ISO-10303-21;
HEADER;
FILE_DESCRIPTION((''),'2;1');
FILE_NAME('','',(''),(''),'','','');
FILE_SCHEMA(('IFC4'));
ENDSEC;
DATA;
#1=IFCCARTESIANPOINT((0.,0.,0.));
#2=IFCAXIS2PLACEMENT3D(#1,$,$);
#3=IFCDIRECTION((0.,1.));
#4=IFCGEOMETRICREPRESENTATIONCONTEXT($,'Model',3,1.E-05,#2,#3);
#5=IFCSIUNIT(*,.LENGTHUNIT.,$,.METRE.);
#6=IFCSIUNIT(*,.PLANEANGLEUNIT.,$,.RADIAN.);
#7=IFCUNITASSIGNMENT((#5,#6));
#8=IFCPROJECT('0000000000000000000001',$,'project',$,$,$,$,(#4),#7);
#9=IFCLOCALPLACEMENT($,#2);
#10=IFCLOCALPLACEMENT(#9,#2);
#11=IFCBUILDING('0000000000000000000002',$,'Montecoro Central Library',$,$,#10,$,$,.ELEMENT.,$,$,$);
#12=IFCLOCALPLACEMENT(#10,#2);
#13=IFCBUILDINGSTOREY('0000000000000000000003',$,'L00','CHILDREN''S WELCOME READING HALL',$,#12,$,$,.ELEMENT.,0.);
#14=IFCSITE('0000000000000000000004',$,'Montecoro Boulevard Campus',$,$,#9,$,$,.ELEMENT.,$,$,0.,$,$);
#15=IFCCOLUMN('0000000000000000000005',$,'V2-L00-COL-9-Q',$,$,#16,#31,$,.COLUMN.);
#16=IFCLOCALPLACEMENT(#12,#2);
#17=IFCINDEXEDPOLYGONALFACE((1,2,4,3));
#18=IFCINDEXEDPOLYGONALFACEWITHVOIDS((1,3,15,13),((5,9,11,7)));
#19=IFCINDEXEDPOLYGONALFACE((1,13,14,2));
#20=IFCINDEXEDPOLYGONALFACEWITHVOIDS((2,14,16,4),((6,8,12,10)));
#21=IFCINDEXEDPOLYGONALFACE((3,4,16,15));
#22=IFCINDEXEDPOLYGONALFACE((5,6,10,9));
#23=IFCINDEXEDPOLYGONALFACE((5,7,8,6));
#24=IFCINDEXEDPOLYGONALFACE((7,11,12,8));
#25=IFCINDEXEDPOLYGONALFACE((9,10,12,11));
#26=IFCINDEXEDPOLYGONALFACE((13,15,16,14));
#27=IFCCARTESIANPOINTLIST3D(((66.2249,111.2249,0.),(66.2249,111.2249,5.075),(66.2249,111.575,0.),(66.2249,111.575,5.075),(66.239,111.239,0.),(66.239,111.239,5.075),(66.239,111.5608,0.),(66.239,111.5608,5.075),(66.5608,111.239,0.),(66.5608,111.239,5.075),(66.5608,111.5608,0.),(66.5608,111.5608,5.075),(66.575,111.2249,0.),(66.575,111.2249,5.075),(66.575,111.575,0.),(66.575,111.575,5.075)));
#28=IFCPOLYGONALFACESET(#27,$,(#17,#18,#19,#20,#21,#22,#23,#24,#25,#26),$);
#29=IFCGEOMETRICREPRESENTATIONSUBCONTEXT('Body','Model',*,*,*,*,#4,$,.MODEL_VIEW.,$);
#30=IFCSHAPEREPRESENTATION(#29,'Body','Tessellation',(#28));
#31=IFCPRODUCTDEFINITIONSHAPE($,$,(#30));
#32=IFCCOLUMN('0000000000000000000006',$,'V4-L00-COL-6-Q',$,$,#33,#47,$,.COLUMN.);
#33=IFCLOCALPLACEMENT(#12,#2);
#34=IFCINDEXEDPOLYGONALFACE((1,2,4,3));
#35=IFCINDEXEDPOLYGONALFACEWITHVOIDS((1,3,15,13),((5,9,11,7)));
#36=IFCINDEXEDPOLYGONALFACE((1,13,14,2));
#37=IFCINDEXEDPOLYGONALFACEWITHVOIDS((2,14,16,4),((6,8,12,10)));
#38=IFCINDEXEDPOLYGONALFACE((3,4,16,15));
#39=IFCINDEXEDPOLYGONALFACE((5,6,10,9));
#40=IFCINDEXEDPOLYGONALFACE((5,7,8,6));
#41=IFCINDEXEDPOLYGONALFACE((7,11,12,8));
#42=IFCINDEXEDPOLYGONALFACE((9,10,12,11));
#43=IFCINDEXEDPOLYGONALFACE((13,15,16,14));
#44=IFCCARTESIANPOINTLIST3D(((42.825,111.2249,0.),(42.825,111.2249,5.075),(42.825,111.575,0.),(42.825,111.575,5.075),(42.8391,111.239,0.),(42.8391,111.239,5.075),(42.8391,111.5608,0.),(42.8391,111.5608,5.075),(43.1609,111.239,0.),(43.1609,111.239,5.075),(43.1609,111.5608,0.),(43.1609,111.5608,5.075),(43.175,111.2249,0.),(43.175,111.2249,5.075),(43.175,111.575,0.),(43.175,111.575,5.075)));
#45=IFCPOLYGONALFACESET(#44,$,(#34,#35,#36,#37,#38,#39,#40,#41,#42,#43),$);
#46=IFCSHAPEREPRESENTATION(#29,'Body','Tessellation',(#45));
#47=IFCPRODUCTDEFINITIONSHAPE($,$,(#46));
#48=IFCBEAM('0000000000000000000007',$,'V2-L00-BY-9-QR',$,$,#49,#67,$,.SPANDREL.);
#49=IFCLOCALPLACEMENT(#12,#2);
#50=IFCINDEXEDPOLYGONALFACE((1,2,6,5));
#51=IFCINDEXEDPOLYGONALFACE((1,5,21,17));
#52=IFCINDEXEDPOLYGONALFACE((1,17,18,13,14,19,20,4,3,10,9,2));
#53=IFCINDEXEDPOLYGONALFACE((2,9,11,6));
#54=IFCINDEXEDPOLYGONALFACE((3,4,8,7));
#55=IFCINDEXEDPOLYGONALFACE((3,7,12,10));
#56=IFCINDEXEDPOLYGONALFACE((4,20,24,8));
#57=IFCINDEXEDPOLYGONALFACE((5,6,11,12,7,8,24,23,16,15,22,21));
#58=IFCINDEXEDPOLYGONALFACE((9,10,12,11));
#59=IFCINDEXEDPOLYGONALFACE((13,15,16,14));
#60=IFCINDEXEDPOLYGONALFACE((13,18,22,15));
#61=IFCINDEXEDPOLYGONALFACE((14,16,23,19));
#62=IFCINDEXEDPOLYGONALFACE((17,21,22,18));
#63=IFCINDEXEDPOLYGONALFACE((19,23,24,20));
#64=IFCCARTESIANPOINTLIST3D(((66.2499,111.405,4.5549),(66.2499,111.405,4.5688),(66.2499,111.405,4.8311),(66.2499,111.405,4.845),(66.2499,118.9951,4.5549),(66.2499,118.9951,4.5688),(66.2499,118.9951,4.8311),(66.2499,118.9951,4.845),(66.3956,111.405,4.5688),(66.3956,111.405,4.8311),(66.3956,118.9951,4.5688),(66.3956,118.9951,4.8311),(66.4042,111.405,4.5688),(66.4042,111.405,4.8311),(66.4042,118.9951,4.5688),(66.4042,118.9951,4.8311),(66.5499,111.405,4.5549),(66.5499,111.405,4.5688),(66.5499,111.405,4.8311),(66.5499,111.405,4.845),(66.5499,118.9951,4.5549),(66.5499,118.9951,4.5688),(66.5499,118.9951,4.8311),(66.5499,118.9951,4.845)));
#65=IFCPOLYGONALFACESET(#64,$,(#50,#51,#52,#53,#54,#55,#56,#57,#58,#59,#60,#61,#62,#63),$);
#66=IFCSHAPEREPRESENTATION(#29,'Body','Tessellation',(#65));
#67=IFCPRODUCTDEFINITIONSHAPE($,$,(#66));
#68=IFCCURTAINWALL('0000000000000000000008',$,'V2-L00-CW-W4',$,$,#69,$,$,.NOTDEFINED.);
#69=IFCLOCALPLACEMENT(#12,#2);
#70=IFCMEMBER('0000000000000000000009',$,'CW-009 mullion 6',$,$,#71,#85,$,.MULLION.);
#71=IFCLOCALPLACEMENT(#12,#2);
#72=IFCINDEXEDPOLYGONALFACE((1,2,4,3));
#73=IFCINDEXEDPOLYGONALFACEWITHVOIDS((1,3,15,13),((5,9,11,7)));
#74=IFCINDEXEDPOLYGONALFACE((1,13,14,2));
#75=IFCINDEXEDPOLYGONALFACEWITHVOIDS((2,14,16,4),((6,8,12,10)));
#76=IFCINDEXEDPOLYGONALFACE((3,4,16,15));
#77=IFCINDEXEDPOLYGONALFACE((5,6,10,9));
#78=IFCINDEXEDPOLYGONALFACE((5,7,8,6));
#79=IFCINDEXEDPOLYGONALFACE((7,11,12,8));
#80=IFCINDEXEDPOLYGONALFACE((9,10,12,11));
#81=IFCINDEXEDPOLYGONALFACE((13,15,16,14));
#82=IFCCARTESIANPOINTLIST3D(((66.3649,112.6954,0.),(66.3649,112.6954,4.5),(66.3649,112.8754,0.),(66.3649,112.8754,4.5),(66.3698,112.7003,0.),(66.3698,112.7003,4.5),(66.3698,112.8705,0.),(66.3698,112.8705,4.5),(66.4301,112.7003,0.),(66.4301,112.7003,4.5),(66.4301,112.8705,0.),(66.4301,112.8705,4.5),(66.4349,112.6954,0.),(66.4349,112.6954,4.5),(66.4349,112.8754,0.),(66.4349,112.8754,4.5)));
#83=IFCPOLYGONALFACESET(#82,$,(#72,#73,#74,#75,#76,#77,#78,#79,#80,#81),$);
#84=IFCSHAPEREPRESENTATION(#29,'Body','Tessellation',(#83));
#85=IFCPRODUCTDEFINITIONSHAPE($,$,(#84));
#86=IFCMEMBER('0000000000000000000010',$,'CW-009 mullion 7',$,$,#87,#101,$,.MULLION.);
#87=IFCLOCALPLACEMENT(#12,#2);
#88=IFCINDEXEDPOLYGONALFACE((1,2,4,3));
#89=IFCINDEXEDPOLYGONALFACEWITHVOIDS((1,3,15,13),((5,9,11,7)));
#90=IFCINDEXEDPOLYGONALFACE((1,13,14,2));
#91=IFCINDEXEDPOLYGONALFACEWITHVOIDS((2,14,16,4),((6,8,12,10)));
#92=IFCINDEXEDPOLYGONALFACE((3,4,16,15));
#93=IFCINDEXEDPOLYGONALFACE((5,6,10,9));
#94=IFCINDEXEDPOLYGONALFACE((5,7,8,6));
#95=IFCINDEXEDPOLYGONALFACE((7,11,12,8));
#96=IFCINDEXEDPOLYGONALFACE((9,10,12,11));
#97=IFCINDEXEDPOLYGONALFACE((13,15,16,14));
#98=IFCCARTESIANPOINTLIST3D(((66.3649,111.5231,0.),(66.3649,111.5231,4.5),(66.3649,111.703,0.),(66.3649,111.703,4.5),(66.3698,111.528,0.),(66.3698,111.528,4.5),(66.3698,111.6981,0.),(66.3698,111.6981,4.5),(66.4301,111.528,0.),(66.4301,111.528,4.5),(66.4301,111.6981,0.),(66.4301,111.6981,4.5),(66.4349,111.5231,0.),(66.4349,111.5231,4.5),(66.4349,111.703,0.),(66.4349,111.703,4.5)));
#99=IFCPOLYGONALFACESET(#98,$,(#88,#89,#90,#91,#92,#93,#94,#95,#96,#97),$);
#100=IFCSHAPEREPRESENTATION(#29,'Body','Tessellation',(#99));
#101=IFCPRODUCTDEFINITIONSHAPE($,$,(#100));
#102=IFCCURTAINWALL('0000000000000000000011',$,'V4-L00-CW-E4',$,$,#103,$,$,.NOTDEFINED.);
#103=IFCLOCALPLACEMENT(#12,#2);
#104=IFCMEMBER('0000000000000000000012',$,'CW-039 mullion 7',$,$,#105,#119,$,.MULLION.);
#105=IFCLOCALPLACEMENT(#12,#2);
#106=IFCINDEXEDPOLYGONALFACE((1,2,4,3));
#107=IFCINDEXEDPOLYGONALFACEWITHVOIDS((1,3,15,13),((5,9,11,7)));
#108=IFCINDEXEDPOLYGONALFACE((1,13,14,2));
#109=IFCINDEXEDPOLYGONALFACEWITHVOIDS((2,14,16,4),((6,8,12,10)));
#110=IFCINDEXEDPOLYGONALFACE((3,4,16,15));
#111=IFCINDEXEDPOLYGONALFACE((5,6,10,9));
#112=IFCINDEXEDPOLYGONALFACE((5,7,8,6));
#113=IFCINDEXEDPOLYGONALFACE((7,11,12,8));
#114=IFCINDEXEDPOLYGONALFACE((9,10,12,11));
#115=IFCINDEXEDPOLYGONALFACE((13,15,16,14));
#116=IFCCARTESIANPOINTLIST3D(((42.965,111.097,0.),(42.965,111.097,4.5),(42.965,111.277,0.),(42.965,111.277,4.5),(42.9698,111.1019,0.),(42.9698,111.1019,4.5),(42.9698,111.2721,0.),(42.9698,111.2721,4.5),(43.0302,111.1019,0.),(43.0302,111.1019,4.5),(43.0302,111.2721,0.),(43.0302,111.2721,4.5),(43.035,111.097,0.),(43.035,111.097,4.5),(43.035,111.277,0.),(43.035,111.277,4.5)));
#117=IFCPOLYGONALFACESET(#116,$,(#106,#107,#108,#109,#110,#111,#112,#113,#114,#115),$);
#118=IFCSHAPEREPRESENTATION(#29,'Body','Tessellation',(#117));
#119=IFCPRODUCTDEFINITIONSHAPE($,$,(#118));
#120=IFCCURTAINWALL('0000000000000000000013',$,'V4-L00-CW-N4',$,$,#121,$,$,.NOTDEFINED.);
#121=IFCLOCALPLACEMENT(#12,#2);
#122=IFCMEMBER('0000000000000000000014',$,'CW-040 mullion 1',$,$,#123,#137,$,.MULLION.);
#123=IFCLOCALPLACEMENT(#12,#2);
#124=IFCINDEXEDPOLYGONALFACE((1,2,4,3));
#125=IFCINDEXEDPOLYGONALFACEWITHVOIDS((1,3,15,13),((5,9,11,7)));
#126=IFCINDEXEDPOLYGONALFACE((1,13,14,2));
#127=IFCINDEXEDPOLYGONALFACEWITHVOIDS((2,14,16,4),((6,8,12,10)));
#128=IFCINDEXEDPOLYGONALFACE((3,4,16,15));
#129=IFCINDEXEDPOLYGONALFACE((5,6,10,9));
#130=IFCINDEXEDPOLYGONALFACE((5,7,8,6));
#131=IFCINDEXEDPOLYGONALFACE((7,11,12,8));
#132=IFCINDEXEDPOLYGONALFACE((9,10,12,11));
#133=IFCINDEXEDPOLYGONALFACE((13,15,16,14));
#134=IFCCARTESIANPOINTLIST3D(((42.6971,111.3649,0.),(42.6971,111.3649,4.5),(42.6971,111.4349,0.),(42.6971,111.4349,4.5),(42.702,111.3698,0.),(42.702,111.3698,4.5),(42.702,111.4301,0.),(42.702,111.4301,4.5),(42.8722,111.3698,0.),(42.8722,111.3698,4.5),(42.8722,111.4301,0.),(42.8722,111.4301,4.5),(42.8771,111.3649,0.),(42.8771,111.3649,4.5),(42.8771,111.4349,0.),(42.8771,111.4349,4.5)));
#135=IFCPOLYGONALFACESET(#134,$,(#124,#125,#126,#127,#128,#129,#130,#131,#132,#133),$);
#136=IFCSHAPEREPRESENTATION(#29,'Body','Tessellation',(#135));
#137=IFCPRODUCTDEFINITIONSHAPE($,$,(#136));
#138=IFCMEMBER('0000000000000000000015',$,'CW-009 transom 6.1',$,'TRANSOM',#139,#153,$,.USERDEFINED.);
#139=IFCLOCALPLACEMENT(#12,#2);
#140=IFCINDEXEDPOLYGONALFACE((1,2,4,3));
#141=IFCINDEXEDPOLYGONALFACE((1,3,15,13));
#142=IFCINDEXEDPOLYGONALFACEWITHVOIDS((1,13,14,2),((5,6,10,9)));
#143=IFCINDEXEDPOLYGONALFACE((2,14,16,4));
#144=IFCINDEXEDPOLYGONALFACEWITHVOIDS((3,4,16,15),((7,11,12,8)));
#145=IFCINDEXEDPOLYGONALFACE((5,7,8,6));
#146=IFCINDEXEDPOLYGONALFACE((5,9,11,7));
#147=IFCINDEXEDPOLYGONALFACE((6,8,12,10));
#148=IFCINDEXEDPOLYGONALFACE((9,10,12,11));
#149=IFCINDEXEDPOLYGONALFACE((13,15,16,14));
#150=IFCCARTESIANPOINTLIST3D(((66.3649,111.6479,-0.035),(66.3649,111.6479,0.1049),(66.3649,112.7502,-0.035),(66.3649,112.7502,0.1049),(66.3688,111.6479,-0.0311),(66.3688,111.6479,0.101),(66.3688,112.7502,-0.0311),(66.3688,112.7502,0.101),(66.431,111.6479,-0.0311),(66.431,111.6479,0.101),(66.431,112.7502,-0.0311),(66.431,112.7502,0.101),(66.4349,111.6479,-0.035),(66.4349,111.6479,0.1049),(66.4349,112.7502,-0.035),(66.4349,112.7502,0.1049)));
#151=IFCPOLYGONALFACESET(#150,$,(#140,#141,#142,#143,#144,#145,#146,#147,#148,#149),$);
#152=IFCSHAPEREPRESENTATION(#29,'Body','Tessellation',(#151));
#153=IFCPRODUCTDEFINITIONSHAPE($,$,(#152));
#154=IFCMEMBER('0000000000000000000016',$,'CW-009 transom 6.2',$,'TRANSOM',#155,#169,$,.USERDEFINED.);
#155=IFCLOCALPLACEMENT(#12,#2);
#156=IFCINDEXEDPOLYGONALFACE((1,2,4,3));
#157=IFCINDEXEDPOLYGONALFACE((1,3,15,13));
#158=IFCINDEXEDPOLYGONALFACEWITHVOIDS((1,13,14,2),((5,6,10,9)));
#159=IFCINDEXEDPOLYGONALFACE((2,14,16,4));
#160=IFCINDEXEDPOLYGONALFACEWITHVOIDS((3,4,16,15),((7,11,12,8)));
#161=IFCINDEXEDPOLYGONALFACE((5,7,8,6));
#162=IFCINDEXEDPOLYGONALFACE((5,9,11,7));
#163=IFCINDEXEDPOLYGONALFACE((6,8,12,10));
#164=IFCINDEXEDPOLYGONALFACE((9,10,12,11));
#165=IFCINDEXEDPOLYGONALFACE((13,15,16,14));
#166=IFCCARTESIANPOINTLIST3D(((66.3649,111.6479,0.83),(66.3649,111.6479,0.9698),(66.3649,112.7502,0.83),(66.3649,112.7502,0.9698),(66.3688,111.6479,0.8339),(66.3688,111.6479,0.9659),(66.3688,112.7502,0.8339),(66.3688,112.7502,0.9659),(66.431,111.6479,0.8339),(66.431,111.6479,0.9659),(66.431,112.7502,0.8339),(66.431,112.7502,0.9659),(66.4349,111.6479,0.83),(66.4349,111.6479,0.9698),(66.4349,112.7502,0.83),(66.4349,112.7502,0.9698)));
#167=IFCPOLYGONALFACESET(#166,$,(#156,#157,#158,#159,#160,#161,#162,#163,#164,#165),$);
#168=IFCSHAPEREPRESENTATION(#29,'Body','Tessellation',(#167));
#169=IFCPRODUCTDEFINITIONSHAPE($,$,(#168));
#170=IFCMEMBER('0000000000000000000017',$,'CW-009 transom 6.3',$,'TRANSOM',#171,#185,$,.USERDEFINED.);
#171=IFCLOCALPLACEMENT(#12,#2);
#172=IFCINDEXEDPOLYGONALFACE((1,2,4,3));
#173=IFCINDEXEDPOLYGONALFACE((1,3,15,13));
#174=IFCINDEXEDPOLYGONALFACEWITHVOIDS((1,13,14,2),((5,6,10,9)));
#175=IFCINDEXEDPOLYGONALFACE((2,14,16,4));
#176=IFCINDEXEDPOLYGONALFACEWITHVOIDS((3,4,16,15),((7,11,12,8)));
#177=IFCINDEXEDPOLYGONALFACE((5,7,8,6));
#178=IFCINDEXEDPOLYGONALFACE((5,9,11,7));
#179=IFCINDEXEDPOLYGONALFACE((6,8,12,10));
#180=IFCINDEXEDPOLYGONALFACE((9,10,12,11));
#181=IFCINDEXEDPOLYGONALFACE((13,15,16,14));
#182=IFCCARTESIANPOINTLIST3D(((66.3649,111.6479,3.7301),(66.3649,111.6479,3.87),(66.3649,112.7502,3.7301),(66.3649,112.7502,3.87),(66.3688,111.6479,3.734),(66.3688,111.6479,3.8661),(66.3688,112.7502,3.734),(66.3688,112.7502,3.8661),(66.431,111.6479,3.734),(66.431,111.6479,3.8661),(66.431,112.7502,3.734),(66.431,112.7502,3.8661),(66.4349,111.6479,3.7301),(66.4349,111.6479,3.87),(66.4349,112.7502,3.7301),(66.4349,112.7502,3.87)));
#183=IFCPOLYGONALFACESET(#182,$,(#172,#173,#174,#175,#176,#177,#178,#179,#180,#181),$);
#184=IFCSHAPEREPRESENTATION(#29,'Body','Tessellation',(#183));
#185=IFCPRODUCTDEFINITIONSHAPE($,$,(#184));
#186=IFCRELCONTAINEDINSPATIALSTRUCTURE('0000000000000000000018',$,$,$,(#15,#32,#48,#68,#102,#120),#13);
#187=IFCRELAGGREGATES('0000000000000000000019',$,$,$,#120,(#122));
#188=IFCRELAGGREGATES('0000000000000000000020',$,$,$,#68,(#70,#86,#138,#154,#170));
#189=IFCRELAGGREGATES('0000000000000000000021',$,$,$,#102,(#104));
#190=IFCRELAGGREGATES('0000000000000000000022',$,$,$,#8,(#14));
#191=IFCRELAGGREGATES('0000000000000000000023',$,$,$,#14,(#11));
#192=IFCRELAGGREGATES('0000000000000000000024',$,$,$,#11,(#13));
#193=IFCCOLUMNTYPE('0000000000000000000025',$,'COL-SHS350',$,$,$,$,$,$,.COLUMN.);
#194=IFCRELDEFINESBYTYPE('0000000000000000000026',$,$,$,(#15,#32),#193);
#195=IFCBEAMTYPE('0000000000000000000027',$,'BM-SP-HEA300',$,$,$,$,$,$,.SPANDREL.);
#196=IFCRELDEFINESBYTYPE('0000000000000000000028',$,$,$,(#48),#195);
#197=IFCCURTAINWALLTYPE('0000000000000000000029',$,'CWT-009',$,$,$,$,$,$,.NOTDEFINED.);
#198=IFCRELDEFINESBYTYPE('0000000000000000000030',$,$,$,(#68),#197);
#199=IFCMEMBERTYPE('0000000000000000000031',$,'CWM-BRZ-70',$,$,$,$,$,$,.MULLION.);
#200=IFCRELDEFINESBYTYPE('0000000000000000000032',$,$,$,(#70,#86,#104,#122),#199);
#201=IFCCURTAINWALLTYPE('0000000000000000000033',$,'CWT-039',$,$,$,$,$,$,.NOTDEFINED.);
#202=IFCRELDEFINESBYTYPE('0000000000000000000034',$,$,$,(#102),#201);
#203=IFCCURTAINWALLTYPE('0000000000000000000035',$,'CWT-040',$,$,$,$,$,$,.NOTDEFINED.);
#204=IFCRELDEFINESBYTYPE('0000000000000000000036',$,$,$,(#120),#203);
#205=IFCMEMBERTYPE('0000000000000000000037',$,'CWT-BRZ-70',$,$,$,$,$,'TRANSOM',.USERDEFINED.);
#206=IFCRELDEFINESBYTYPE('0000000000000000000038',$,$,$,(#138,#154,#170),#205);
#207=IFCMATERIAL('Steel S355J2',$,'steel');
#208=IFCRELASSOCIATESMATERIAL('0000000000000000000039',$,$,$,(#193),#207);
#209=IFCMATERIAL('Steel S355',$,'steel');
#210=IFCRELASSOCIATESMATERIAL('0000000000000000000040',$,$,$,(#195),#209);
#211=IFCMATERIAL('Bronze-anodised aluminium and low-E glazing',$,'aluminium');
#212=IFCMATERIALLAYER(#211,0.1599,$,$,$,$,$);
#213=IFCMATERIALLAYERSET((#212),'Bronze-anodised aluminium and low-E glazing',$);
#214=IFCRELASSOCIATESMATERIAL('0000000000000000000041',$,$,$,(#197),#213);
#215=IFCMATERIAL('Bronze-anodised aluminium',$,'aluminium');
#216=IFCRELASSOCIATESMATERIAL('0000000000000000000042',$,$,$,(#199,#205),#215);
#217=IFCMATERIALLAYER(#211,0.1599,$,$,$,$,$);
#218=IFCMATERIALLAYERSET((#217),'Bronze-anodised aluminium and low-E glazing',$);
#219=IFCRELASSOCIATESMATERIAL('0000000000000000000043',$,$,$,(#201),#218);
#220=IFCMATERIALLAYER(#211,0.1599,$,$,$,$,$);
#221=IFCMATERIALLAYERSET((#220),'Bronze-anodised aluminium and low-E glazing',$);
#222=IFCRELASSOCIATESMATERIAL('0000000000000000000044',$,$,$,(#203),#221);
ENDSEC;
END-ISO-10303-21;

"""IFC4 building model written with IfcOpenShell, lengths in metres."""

from ifc_helpers import new_model, si_unit, direction, frame, origin, origin_2d, place, context, subcontext, project, spatial, hollow_rectangle, i_section, extrude, material, layer, layer_set, material_profile, profile_set, type_object, element, aggregate, save


model = new_model("IFC4")

# Units and contexts
model_context = context("Model", 3, precision=1e-05, world=origin(), true_north=direction((0.0, 1.0)))
body_context = subcontext(model_context, "Body", "Model", "MODEL_VIEW")
ifc_project = project(units=[si_unit("LENGTHUNIT", "METRE"), si_unit("PLANEANGLEUNIT", "RADIAN")], contexts=[model_context])

# Site, building, storey
site_placement = place(None, origin())
site = spatial("IfcSite", under=ifc_project, at=site_placement, Name="Montecoro Boulevard Campus", CompositionType="ELEMENT", RefElevation=0.0)
building_placement = place(site_placement, origin())
building = spatial("IfcBuilding", under=site, at=building_placement, Name="Montecoro Central Library", CompositionType="ELEMENT")
storey_placement = place(building_placement, origin())
storey = spatial("IfcBuildingStorey", under=building, at=storey_placement, Name="L00", Description="CHILDREN'S WELCOME READING HALL", CompositionType="ELEMENT", Elevation=0.0)

# Columns
ifc_material_1 = material(Name="Steel S355J2", Category="steel")
ifc_material_profile_1 = material_profile(ifc_material_1, hollow_rectangle(XDim=0.3501, YDim=0.3501, WallThickness=0.0142, at=origin_2d()), Name="SHS 350x350x14.2")
ifc_profile_set_1 = profile_set([ifc_material_profile_1], Name="Steel S355J2")
column_type = type_object("IfcColumnType", Name="COL-SHS350", PredefinedType="COLUMN", material=ifc_profile_set_1)
for number, where, z_axis, x_axis, name in (
    (1, (66.3999, 111.3999, 0.0), (0.0, 0.0, 1.0), (1.0, 0.0, 0.0), "V2-L00-COL-9-Q"),
    (2, (43.0, 111.3999, 0.0), (0.0, 0.0, 1.0), (1.0, 0.0, 0.0), "V4-L00-COL-6-Q"),
):
    element("IfcColumn", number, at=place(storey_placement, frame(where, z_axis=z_axis, x_axis=x_axis)), inside=storey, type_object=column_type, Name=name, PredefinedType="COLUMN", context=body_context, shape_type="SweptSolid", body=[
        extrude(hollow_rectangle(XDim=0.3501, YDim=0.3501, WallThickness=0.0142, at=origin_2d()), origin(), (0.0, 0.0, 1.0), 5.075),
    ])

# Beam
ifc_material_2 = material(Name="Steel S355", Category="steel")
ifc_material_profile_2 = material_profile(ifc_material_2, i_section(OverallWidth=0.3, OverallDepth=0.29, WebThickness=0.0085, FlangeThickness=0.0139, at=origin_2d()), Name="HEA 300")
ifc_profile_set_2 = profile_set([ifc_material_profile_2], Name="Steel S355")
beam_type = type_object("IfcBeamType", Name="BM-SP-HEA300", PredefinedType="SPANDREL", material=ifc_profile_set_2)
beam_placement = place(storey_placement, frame((66.3999, 111.405, 4.7), z_axis=(0.0, 1.0, 0.0), x_axis=(-1.0, 0.0, 0.0)))
element("IfcBeam", 3, at=beam_placement, inside=storey, type_object=beam_type, Name="V2-L00-BY-9-QR", PredefinedType="SPANDREL", context=body_context, shape_type="SweptSolid", body=[
    extrude(i_section(OverallWidth=0.3, OverallDepth=0.29, WebThickness=0.0085, FlangeThickness=0.0139, at=origin_2d()), origin(), (0.0, 0.0, 1.0), 7.5901),
])

# Curtain wall, members
ifc_material_3 = material(Name="Bronze-anodised aluminium and low-E glazing", Category="aluminium")
ifc_layer_1 = layer(ifc_material_3, 0.1599)
ifc_layer_set_1 = layer_set([ifc_layer_1], Name="Bronze-anodised aluminium and low-E glazing")
curtain_wall_type_1 = type_object("IfcCurtainWallType", Name="CWT-009", PredefinedType="NOTDEFINED", material=ifc_layer_set_1)
curtain_wall_1_placement = place(storey_placement, origin())
curtain_wall_1 = element("IfcCurtainWall", 4, at=curtain_wall_1_placement, inside=storey, type_object=curtain_wall_type_1, Name="V2-L00-CW-W4", PredefinedType="NOTDEFINED")
ifc_material_4 = material(Name="Bronze-anodised aluminium", Category="aluminium")
ifc_material_profile_3 = material_profile(ifc_material_4, hollow_rectangle(XDim=0.0701, YDim=0.1799, WallThickness=0.0049, at=origin_2d()), Name="CWM 180x70x5.0")
ifc_profile_set_3 = profile_set([ifc_material_profile_3], Name="Bronze-anodised aluminium")
member_type_1 = type_object("IfcMemberType", Name="CWM-BRZ-70", PredefinedType="MULLION", material=ifc_profile_set_3)
member_1_placement = place(storey_placement, frame((66.3999, 112.7854, 0.0), z_axis=(0.0, 0.0, 1.0), x_axis=(1.0, 0.0, 0.0)))
member_1 = element("IfcMember", 5, at=member_1_placement, type_object=member_type_1, Name="CW-009 mullion 6", PredefinedType="MULLION", context=body_context, shape_type="SweptSolid", body=[
    extrude(hollow_rectangle(XDim=0.0701, YDim=0.1799, WallThickness=0.0049, at=origin_2d()), origin(), (0.0, 0.0, 1.0), 4.5),
])
member_2_placement = place(storey_placement, frame((66.3999, 111.613, 0.0), z_axis=(0.0, 0.0, 1.0), x_axis=(1.0, 0.0, 0.0)))
member_2 = element("IfcMember", 6, at=member_2_placement, type_object=member_type_1, Name="CW-009 mullion 7", PredefinedType="MULLION", context=body_context, shape_type="SweptSolid", body=[
    extrude(hollow_rectangle(XDim=0.0701, YDim=0.1799, WallThickness=0.0049, at=origin_2d()), origin(), (0.0, 0.0, 1.0), 4.5),
])

# Curtain walls, members
ifc_layer_2 = layer(ifc_material_3, 0.1599)
ifc_layer_set_2 = layer_set([ifc_layer_2], Name="Bronze-anodised aluminium and low-E glazing")
curtain_wall_type_2 = type_object("IfcCurtainWallType", Name="CWT-039", PredefinedType="NOTDEFINED", material=ifc_layer_set_2)
curtain_wall_2_placement = place(storey_placement, origin())
curtain_wall_2 = element("IfcCurtainWall", 7, at=curtain_wall_2_placement, inside=storey, type_object=curtain_wall_type_2, Name="V4-L00-CW-E4", PredefinedType="NOTDEFINED")
member_3_placement = place(storey_placement, frame((43.0, 111.187, 0.0), z_axis=(0.0, 0.0, 1.0), x_axis=(-1.0, 0.0, 0.0)))
member_3 = element("IfcMember", 8, at=member_3_placement, type_object=member_type_1, Name="CW-039 mullion 7", PredefinedType="MULLION", context=body_context, shape_type="SweptSolid", body=[
    extrude(hollow_rectangle(XDim=0.0701, YDim=0.1799, WallThickness=0.0049, at=origin_2d()), origin(), (0.0, 0.0, 1.0), 4.5),
])
ifc_layer_3 = layer(ifc_material_3, 0.1599)
ifc_layer_set_3 = layer_set([ifc_layer_3], Name="Bronze-anodised aluminium and low-E glazing")
curtain_wall_type_3 = type_object("IfcCurtainWallType", Name="CWT-040", PredefinedType="NOTDEFINED", material=ifc_layer_set_3)
curtain_wall_3_placement = place(storey_placement, origin())
curtain_wall_3 = element("IfcCurtainWall", 9, at=curtain_wall_3_placement, inside=storey, type_object=curtain_wall_type_3, Name="V4-L00-CW-N4", PredefinedType="NOTDEFINED")
member_4_placement = place(storey_placement, frame((42.7871, 111.3999, 0.0), z_axis=(0.0, 0.0, 1.0), x_axis=(0.0, -1.0, 0.0)))
member_4 = element("IfcMember", 10, at=member_4_placement, type_object=member_type_1, Name="CW-040 mullion 1", PredefinedType="MULLION", context=body_context, shape_type="SweptSolid", body=[
    extrude(hollow_rectangle(XDim=0.0701, YDim=0.1799, WallThickness=0.0049, at=origin_2d()), origin(), (0.0, 0.0, 1.0), 4.5),
])

# Members
ifc_material_profile_4 = material_profile(ifc_material_4, hollow_rectangle(XDim=0.0701, YDim=0.1399, WallThickness=0.0039, at=origin_2d()), Name="CWT 140x70x4.0")
ifc_profile_set_4 = profile_set([ifc_material_profile_4], Name="Bronze-anodised aluminium")
member_type_2 = type_object("IfcMemberType", Name="CWT-BRZ-70", ElementType="TRANSOM", PredefinedType="USERDEFINED", material=ifc_profile_set_4)
member_5_placement = place(storey_placement, frame((66.3999, 112.7502, 0.0349), z_axis=(0.0, -1.0, 0.0), x_axis=(1.0, 0.0, 0.0)))
member_5 = element("IfcMember", 11, at=member_5_placement, type_object=member_type_2, Name="CW-009 transom 6.1", ObjectType="TRANSOM", PredefinedType="USERDEFINED", context=body_context, shape_type="SweptSolid", body=[
    extrude(hollow_rectangle(XDim=0.0701, YDim=0.1399, WallThickness=0.0039, at=origin_2d()), origin(), (0.0, 0.0, 1.0), 1.1023),
])
member_6_placement = place(storey_placement, frame((66.3999, 112.7502, 0.8999), z_axis=(0.0, -1.0, 0.0), x_axis=(1.0, 0.0, 0.0)))
member_6 = element("IfcMember", 12, at=member_6_placement, type_object=member_type_2, Name="CW-009 transom 6.2", ObjectType="TRANSOM", PredefinedType="USERDEFINED", context=body_context, shape_type="SweptSolid", body=[
    extrude(hollow_rectangle(XDim=0.0701, YDim=0.1399, WallThickness=0.0039, at=origin_2d()), origin(), (0.0, 0.0, 1.0), 1.1023),
])
member_7_placement = place(storey_placement, frame((66.3999, 112.7502, 3.8), z_axis=(0.0, -1.0, 0.0), x_axis=(1.0, 0.0, 0.0)))
member_7 = element("IfcMember", 13, at=member_7_placement, type_object=member_type_2, Name="CW-009 transom 6.3", ObjectType="TRANSOM", PredefinedType="USERDEFINED", context=body_context, shape_type="SweptSolid", body=[
    extrude(hollow_rectangle(XDim=0.0701, YDim=0.1399, WallThickness=0.0039, at=origin_2d()), origin(), (0.0, 0.0, 1.0), 1.1023),
])
aggregate(curtain_wall_3, [member_4])

aggregate(curtain_wall_1, [member_1, member_2, member_5, member_6, member_7])
aggregate(curtain_wall_2, [member_3])

save(model, "model.ifc")
